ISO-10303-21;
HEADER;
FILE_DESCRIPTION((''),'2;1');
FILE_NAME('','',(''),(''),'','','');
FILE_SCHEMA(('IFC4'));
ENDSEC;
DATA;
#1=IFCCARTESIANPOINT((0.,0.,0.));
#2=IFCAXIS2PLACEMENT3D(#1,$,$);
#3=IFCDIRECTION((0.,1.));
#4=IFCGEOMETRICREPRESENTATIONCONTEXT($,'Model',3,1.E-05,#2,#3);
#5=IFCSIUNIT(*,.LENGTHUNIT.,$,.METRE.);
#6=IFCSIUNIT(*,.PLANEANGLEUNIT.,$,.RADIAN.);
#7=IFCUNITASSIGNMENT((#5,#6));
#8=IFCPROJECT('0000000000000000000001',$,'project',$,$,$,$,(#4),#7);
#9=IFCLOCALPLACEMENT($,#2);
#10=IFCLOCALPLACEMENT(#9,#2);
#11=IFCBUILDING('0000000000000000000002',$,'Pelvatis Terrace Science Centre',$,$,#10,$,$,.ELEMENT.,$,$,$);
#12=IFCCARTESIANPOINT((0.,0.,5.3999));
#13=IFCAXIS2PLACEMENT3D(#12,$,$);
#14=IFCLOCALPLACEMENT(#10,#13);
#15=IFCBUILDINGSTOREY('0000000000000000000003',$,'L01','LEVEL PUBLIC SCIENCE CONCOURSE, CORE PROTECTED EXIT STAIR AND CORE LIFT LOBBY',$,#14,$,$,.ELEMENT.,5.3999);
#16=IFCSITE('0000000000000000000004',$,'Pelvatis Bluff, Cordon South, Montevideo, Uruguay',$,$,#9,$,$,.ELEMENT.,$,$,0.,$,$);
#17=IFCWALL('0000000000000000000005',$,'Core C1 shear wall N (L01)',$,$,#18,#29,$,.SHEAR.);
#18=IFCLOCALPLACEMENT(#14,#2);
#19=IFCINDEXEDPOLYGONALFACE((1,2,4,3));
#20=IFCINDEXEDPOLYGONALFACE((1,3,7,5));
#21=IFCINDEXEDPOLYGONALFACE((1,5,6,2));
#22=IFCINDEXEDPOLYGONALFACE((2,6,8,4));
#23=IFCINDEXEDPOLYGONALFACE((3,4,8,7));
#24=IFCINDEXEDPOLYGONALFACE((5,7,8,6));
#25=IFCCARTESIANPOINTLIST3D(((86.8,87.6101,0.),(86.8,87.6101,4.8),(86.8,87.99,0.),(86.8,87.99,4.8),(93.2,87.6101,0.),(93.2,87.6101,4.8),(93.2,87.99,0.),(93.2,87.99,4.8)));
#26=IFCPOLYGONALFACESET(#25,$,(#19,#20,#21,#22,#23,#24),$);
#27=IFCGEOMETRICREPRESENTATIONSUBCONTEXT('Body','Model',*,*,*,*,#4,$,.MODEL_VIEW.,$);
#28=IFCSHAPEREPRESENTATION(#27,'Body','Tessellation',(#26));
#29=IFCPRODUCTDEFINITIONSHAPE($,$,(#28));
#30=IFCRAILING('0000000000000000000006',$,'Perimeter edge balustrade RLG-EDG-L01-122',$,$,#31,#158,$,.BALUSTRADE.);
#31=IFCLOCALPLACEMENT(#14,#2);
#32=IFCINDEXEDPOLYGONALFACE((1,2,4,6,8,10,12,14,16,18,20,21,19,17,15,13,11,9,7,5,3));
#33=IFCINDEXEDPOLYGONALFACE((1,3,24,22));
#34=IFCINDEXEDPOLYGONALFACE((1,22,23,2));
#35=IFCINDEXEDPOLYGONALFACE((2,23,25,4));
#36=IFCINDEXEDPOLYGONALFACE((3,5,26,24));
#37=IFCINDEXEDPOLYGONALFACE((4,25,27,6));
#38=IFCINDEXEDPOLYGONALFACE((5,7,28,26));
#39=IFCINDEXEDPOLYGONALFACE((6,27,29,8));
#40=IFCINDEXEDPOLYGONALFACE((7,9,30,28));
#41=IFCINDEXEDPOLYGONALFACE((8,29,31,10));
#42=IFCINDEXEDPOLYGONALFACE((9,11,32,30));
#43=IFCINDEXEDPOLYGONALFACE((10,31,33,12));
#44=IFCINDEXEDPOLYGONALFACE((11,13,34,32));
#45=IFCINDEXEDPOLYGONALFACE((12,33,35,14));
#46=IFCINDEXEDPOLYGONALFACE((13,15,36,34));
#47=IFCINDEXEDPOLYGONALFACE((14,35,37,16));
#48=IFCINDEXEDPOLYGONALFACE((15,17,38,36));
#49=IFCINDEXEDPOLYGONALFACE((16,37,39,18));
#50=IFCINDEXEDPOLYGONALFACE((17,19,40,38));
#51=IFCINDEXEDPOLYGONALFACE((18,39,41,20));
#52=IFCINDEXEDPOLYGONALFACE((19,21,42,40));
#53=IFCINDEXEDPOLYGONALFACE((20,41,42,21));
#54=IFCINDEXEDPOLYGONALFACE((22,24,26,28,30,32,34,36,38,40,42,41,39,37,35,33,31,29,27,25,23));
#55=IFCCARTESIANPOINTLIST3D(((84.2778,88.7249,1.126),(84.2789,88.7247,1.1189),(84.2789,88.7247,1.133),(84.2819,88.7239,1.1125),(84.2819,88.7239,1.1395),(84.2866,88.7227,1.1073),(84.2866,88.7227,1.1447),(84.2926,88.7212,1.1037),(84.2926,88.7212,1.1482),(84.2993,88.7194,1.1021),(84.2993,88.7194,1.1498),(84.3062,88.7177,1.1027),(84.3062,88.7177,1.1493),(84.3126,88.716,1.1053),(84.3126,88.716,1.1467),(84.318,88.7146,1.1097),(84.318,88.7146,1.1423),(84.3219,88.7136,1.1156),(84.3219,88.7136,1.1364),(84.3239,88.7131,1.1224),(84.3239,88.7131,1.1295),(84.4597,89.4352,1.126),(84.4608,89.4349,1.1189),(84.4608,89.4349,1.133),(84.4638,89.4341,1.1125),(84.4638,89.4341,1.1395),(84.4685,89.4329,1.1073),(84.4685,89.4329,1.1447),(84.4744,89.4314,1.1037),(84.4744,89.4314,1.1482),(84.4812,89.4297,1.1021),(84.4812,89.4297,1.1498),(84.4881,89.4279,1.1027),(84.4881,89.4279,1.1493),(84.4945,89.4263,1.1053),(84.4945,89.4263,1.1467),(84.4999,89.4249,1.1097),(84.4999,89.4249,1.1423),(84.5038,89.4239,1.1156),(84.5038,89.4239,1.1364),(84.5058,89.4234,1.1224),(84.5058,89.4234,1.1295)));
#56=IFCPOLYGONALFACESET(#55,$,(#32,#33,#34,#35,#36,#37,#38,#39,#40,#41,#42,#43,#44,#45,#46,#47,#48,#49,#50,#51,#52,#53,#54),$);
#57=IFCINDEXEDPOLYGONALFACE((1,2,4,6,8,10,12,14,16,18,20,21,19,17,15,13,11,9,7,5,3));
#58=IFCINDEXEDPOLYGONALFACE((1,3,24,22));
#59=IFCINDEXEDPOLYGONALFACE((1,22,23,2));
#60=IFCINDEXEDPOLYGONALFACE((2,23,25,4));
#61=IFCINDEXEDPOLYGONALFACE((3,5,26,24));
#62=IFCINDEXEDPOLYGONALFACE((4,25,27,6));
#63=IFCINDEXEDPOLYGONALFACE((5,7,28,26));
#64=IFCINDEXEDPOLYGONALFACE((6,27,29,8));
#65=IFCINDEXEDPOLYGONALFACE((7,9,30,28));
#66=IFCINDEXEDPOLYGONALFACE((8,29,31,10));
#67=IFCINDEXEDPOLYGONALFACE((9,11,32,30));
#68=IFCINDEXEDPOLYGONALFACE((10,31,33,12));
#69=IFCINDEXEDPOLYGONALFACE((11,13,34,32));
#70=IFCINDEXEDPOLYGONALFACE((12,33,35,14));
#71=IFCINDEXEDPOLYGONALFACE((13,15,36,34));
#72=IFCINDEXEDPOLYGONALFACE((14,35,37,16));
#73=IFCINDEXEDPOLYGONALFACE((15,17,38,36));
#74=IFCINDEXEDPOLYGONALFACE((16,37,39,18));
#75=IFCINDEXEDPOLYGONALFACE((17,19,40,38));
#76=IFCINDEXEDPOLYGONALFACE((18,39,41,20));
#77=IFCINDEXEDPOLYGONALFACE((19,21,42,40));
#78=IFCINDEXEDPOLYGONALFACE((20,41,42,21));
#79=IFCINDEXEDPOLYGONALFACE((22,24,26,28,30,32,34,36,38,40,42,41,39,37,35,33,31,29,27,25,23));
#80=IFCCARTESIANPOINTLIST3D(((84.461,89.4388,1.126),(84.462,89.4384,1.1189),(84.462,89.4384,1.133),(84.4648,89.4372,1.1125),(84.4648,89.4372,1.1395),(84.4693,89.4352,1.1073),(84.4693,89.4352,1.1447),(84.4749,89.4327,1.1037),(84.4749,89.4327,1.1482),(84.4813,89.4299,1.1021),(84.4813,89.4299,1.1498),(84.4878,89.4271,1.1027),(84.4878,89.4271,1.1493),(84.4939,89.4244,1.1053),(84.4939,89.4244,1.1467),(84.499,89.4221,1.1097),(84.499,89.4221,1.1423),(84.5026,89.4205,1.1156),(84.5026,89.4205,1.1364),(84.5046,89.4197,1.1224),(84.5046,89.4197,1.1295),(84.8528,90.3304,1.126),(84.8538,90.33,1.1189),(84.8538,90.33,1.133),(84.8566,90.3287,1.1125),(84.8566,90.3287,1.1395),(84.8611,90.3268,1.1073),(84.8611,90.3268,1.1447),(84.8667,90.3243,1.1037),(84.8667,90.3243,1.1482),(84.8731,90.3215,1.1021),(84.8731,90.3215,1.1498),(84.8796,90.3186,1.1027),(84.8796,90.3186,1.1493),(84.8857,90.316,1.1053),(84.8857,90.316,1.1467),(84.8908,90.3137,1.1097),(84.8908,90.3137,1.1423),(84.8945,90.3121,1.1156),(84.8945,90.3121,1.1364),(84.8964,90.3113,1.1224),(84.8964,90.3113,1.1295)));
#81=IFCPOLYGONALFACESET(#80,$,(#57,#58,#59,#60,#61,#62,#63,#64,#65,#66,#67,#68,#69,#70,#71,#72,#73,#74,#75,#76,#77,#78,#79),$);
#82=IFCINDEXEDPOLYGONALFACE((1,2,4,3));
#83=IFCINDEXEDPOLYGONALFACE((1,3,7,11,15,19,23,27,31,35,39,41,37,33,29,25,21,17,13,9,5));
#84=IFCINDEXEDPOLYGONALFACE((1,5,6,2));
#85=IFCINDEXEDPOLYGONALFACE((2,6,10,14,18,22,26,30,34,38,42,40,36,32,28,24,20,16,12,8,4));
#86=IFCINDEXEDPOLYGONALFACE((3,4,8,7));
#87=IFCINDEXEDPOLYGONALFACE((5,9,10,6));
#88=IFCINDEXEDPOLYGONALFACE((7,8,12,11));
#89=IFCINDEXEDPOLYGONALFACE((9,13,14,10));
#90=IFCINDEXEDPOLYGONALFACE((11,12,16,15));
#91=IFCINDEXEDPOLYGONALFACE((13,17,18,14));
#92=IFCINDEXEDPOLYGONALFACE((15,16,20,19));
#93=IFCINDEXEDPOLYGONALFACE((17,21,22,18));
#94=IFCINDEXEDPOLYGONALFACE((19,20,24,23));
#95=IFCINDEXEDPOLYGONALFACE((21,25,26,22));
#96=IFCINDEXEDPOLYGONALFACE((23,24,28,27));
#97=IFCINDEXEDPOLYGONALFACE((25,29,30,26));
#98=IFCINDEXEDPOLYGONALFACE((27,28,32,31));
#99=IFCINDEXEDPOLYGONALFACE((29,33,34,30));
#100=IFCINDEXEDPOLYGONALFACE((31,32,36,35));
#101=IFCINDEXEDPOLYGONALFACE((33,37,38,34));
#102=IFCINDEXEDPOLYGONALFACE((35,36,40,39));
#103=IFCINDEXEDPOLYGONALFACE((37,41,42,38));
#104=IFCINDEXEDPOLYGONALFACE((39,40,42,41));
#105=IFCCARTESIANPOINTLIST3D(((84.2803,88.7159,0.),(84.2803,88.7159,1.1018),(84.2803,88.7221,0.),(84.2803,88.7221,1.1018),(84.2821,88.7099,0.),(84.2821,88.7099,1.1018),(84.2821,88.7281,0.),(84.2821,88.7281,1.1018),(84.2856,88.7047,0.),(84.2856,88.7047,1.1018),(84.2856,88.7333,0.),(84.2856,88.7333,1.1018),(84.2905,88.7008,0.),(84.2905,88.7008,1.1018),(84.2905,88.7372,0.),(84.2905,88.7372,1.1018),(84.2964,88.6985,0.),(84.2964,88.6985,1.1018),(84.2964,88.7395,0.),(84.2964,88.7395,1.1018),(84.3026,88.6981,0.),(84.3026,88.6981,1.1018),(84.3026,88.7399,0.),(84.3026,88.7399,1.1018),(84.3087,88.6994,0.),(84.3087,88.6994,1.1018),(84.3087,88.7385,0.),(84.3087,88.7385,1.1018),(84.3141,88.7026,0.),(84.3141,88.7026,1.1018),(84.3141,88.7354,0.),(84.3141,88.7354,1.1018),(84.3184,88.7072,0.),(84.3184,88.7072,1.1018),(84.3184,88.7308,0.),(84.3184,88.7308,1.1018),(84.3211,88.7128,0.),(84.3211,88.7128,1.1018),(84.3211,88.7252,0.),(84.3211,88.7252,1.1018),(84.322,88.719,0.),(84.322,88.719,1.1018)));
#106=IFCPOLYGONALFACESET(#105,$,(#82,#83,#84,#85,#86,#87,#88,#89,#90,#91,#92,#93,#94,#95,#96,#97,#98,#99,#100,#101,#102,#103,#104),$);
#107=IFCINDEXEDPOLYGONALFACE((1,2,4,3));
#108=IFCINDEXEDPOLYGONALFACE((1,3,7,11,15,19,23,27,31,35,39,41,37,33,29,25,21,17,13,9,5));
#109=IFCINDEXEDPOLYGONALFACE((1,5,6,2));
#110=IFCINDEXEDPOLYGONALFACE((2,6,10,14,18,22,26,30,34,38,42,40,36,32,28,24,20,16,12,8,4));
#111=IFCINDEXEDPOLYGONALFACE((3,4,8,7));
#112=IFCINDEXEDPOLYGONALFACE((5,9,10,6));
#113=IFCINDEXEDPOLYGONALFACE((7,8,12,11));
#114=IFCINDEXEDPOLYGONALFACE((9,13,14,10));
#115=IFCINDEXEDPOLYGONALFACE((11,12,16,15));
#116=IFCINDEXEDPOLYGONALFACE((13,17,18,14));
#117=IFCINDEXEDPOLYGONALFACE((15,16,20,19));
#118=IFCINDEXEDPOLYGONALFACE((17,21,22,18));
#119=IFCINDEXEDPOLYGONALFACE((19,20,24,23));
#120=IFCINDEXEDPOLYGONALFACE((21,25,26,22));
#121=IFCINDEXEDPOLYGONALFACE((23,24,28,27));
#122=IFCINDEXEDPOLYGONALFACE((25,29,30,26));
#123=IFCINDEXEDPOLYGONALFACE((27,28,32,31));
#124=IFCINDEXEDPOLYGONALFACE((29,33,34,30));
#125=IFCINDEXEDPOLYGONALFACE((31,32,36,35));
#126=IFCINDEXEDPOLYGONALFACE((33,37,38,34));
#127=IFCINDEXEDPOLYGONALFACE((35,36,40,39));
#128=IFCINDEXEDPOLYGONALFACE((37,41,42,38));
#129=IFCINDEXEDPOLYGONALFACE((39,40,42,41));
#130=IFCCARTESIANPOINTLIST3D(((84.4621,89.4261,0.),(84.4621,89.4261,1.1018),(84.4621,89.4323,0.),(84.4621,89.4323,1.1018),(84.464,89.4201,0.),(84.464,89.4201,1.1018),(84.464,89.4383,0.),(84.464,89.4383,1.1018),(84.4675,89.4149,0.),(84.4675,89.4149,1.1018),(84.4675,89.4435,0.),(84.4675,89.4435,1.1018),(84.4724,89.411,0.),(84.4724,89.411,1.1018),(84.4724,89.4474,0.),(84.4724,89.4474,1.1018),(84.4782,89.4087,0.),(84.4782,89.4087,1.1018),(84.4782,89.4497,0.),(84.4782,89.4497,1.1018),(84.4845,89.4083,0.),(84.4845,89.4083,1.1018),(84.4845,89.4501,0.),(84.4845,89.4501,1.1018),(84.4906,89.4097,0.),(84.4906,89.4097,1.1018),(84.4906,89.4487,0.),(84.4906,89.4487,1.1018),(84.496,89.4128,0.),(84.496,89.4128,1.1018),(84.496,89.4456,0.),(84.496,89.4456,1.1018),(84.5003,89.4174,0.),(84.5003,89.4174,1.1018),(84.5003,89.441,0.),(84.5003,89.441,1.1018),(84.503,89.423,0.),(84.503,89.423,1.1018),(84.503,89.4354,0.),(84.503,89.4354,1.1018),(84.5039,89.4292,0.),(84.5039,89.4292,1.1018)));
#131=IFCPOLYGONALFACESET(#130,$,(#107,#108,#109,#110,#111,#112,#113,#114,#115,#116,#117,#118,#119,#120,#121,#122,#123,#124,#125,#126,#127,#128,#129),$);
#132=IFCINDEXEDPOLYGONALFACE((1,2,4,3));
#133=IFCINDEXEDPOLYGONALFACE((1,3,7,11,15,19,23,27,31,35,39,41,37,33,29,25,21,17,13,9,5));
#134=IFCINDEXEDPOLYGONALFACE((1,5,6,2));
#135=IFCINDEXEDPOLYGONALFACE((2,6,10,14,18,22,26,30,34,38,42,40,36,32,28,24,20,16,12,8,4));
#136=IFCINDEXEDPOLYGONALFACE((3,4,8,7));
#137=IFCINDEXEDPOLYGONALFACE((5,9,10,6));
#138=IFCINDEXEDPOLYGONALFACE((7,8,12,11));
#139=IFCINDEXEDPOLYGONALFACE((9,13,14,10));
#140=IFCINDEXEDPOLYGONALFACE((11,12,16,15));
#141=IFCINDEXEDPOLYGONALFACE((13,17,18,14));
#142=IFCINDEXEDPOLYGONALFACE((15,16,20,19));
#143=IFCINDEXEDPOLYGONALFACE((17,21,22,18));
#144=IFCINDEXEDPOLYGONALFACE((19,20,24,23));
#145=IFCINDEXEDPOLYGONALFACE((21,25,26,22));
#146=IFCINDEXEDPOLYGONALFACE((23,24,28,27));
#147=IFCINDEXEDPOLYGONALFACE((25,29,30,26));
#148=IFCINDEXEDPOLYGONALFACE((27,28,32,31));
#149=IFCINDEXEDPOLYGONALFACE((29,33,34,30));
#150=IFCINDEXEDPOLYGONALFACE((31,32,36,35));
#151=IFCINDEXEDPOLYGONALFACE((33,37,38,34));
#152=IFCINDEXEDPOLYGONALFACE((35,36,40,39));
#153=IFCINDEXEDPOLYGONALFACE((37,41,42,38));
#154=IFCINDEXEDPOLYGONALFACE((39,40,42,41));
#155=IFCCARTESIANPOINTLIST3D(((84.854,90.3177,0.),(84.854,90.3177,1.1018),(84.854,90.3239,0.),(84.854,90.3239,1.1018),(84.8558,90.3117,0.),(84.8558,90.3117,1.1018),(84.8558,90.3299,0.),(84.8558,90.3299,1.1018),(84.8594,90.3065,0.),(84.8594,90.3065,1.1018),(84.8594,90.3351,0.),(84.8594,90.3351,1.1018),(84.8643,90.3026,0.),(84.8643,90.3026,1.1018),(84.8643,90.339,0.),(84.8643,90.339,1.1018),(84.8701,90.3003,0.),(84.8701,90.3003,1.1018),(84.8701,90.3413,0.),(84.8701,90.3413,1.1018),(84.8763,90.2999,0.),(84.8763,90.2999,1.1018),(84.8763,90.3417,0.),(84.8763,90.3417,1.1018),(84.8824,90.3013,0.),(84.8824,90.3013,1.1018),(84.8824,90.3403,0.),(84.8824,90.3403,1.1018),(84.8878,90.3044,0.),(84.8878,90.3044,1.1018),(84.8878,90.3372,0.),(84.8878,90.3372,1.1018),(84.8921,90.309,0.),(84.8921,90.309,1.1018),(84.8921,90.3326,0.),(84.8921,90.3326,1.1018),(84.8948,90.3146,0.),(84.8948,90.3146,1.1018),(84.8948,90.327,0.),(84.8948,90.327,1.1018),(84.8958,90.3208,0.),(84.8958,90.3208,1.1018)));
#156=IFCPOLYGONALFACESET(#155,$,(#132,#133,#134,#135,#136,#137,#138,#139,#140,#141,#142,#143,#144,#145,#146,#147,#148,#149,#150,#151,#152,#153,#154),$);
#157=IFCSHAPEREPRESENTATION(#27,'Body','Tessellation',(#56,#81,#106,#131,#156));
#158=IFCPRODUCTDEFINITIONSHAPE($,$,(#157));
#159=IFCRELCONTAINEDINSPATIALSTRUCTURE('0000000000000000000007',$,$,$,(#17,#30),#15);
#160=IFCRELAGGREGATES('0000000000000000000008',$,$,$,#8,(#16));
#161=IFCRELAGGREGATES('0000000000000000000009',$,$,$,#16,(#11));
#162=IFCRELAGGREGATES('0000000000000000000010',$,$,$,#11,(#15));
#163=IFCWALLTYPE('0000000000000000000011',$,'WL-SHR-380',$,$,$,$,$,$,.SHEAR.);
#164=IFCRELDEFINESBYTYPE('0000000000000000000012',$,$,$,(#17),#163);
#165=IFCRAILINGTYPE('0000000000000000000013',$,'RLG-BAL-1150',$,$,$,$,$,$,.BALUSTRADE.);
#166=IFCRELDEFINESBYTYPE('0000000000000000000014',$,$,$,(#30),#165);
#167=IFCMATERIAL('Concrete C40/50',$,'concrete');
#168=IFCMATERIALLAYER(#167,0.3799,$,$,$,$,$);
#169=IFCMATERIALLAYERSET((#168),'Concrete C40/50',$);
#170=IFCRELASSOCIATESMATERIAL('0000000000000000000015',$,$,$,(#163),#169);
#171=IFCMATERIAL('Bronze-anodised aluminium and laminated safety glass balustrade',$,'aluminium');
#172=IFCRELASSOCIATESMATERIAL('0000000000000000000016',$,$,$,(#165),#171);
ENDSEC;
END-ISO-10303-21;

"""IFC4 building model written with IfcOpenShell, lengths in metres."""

from ifc_helpers import new_model, si_unit, direction, frame, frame_2d, origin, origin_2d, place, context, subcontext, project, spatial, rectangle, circle, extrude, material, layer, layer_set, type_object, element, save


model = new_model("IFC4")

# Units and contexts
model_context = context("Model", 3, precision=1e-05, world=origin(), true_north=direction((0.0, 1.0)))
body_context = subcontext(model_context, "Body", "Model", "MODEL_VIEW")
ifc_project = project(units=[si_unit("LENGTHUNIT", "METRE"), si_unit("PLANEANGLEUNIT", "RADIAN")], contexts=[model_context])

# Site, building, storey
site_placement = place(None, origin())
site = spatial("IfcSite", under=ifc_project, at=site_placement, Name="Pelvatis Bluff, Cordon South, Montevideo, Uruguay", CompositionType="ELEMENT", RefElevation=0.0)
building_placement = place(site_placement, origin())
building = spatial("IfcBuilding", under=site, at=building_placement, Name="Pelvatis Terrace Science Centre", CompositionType="ELEMENT")
storey_placement = place(building_placement, frame((0.0, 0.0, 5.3999)))
storey = spatial("IfcBuildingStorey", under=building, at=storey_placement, Name="L01", Description="LEVEL PUBLIC SCIENCE CONCOURSE, CORE PROTECTED EXIT STAIR AND CORE LIFT LOBBY", CompositionType="ELEMENT", Elevation=5.3999)

# Wall
ifc_material_1 = material(Name="Concrete C40/50", Category="concrete")
ifc_layer_1 = layer(ifc_material_1, 0.3799)
ifc_layer_set_1 = layer_set([ifc_layer_1], Name="Concrete C40/50")
wall_type_1 = type_object("IfcWallType", Name="WL-SHR-380", PredefinedType="SHEAR", material=ifc_layer_set_1)
wall_1_placement = place(storey_placement, frame((86.8, 87.8, 0.0), z_axis=(0.0, 0.0, 1.0), x_axis=(1.0, 0.0, 0.0)))
element("IfcWall", 1, at=wall_1_placement, inside=storey, type_object=wall_type_1, Name="Core C1 shear wall N (L01)", PredefinedType="SHEAR", context=body_context, shape_type="SweptSolid", body=[
    extrude(rectangle(XDim=6.3999, YDim=0.3799, at=frame_2d((3.2, 0.0))), origin(), (0.0, 0.0, 1.0), 4.8),
])

# Railing
ifc_material_2 = material(Name="Bronze-anodised aluminium and laminated safety glass balustrade", Category="aluminium")
railing_type = type_object("IfcRailingType", Name="RLG-BAL-1150", PredefinedType="BALUSTRADE", material=ifc_material_2)
railing_1_placement = place(storey_placement, frame((84.301, 88.719, 0.0)))
element("IfcRailing", 2, at=railing_1_placement, inside=storey, type_object=railing_type, Name="Perimeter edge balustrade RLG-EDG-L01-122", PredefinedType="BALUSTRADE", context=body_context, shape_type="SweptSolid", body=[
    extrude(circle(Radius=0.0239, at=origin_2d()), frame((0.0, 0.0, 1.126), z_axis=(0.248095, 0.968736, 0.0), x_axis=(-0.968736, 0.248095, 0.0)), (0.0, 0.0, 1.0), 0.7332),
    extrude(circle(Radius=0.0239, at=origin_2d()), frame((0.1819, 0.7102, 1.126), z_axis=(0.402344, 0.915489, 0.0), x_axis=(-0.915489, 0.402344, 0.0)), (0.0, 0.0, 1.0), 0.9739),
    extrude(circle(Radius=0.021, at=origin_2d()), origin(), (0.0, 0.0, 1.0), 1.1018),
    extrude(circle(Radius=0.021, at=origin_2d()), frame((0.1819, 0.7102, 0.0)), (0.0, 0.0, 1.0), 1.1018),
    extrude(circle(Radius=0.021, at=origin_2d()), frame((0.5737, 1.6018, 0.0)), (0.0, 0.0, 1.0), 1.1018),
])

save(model, "model.ifc")
